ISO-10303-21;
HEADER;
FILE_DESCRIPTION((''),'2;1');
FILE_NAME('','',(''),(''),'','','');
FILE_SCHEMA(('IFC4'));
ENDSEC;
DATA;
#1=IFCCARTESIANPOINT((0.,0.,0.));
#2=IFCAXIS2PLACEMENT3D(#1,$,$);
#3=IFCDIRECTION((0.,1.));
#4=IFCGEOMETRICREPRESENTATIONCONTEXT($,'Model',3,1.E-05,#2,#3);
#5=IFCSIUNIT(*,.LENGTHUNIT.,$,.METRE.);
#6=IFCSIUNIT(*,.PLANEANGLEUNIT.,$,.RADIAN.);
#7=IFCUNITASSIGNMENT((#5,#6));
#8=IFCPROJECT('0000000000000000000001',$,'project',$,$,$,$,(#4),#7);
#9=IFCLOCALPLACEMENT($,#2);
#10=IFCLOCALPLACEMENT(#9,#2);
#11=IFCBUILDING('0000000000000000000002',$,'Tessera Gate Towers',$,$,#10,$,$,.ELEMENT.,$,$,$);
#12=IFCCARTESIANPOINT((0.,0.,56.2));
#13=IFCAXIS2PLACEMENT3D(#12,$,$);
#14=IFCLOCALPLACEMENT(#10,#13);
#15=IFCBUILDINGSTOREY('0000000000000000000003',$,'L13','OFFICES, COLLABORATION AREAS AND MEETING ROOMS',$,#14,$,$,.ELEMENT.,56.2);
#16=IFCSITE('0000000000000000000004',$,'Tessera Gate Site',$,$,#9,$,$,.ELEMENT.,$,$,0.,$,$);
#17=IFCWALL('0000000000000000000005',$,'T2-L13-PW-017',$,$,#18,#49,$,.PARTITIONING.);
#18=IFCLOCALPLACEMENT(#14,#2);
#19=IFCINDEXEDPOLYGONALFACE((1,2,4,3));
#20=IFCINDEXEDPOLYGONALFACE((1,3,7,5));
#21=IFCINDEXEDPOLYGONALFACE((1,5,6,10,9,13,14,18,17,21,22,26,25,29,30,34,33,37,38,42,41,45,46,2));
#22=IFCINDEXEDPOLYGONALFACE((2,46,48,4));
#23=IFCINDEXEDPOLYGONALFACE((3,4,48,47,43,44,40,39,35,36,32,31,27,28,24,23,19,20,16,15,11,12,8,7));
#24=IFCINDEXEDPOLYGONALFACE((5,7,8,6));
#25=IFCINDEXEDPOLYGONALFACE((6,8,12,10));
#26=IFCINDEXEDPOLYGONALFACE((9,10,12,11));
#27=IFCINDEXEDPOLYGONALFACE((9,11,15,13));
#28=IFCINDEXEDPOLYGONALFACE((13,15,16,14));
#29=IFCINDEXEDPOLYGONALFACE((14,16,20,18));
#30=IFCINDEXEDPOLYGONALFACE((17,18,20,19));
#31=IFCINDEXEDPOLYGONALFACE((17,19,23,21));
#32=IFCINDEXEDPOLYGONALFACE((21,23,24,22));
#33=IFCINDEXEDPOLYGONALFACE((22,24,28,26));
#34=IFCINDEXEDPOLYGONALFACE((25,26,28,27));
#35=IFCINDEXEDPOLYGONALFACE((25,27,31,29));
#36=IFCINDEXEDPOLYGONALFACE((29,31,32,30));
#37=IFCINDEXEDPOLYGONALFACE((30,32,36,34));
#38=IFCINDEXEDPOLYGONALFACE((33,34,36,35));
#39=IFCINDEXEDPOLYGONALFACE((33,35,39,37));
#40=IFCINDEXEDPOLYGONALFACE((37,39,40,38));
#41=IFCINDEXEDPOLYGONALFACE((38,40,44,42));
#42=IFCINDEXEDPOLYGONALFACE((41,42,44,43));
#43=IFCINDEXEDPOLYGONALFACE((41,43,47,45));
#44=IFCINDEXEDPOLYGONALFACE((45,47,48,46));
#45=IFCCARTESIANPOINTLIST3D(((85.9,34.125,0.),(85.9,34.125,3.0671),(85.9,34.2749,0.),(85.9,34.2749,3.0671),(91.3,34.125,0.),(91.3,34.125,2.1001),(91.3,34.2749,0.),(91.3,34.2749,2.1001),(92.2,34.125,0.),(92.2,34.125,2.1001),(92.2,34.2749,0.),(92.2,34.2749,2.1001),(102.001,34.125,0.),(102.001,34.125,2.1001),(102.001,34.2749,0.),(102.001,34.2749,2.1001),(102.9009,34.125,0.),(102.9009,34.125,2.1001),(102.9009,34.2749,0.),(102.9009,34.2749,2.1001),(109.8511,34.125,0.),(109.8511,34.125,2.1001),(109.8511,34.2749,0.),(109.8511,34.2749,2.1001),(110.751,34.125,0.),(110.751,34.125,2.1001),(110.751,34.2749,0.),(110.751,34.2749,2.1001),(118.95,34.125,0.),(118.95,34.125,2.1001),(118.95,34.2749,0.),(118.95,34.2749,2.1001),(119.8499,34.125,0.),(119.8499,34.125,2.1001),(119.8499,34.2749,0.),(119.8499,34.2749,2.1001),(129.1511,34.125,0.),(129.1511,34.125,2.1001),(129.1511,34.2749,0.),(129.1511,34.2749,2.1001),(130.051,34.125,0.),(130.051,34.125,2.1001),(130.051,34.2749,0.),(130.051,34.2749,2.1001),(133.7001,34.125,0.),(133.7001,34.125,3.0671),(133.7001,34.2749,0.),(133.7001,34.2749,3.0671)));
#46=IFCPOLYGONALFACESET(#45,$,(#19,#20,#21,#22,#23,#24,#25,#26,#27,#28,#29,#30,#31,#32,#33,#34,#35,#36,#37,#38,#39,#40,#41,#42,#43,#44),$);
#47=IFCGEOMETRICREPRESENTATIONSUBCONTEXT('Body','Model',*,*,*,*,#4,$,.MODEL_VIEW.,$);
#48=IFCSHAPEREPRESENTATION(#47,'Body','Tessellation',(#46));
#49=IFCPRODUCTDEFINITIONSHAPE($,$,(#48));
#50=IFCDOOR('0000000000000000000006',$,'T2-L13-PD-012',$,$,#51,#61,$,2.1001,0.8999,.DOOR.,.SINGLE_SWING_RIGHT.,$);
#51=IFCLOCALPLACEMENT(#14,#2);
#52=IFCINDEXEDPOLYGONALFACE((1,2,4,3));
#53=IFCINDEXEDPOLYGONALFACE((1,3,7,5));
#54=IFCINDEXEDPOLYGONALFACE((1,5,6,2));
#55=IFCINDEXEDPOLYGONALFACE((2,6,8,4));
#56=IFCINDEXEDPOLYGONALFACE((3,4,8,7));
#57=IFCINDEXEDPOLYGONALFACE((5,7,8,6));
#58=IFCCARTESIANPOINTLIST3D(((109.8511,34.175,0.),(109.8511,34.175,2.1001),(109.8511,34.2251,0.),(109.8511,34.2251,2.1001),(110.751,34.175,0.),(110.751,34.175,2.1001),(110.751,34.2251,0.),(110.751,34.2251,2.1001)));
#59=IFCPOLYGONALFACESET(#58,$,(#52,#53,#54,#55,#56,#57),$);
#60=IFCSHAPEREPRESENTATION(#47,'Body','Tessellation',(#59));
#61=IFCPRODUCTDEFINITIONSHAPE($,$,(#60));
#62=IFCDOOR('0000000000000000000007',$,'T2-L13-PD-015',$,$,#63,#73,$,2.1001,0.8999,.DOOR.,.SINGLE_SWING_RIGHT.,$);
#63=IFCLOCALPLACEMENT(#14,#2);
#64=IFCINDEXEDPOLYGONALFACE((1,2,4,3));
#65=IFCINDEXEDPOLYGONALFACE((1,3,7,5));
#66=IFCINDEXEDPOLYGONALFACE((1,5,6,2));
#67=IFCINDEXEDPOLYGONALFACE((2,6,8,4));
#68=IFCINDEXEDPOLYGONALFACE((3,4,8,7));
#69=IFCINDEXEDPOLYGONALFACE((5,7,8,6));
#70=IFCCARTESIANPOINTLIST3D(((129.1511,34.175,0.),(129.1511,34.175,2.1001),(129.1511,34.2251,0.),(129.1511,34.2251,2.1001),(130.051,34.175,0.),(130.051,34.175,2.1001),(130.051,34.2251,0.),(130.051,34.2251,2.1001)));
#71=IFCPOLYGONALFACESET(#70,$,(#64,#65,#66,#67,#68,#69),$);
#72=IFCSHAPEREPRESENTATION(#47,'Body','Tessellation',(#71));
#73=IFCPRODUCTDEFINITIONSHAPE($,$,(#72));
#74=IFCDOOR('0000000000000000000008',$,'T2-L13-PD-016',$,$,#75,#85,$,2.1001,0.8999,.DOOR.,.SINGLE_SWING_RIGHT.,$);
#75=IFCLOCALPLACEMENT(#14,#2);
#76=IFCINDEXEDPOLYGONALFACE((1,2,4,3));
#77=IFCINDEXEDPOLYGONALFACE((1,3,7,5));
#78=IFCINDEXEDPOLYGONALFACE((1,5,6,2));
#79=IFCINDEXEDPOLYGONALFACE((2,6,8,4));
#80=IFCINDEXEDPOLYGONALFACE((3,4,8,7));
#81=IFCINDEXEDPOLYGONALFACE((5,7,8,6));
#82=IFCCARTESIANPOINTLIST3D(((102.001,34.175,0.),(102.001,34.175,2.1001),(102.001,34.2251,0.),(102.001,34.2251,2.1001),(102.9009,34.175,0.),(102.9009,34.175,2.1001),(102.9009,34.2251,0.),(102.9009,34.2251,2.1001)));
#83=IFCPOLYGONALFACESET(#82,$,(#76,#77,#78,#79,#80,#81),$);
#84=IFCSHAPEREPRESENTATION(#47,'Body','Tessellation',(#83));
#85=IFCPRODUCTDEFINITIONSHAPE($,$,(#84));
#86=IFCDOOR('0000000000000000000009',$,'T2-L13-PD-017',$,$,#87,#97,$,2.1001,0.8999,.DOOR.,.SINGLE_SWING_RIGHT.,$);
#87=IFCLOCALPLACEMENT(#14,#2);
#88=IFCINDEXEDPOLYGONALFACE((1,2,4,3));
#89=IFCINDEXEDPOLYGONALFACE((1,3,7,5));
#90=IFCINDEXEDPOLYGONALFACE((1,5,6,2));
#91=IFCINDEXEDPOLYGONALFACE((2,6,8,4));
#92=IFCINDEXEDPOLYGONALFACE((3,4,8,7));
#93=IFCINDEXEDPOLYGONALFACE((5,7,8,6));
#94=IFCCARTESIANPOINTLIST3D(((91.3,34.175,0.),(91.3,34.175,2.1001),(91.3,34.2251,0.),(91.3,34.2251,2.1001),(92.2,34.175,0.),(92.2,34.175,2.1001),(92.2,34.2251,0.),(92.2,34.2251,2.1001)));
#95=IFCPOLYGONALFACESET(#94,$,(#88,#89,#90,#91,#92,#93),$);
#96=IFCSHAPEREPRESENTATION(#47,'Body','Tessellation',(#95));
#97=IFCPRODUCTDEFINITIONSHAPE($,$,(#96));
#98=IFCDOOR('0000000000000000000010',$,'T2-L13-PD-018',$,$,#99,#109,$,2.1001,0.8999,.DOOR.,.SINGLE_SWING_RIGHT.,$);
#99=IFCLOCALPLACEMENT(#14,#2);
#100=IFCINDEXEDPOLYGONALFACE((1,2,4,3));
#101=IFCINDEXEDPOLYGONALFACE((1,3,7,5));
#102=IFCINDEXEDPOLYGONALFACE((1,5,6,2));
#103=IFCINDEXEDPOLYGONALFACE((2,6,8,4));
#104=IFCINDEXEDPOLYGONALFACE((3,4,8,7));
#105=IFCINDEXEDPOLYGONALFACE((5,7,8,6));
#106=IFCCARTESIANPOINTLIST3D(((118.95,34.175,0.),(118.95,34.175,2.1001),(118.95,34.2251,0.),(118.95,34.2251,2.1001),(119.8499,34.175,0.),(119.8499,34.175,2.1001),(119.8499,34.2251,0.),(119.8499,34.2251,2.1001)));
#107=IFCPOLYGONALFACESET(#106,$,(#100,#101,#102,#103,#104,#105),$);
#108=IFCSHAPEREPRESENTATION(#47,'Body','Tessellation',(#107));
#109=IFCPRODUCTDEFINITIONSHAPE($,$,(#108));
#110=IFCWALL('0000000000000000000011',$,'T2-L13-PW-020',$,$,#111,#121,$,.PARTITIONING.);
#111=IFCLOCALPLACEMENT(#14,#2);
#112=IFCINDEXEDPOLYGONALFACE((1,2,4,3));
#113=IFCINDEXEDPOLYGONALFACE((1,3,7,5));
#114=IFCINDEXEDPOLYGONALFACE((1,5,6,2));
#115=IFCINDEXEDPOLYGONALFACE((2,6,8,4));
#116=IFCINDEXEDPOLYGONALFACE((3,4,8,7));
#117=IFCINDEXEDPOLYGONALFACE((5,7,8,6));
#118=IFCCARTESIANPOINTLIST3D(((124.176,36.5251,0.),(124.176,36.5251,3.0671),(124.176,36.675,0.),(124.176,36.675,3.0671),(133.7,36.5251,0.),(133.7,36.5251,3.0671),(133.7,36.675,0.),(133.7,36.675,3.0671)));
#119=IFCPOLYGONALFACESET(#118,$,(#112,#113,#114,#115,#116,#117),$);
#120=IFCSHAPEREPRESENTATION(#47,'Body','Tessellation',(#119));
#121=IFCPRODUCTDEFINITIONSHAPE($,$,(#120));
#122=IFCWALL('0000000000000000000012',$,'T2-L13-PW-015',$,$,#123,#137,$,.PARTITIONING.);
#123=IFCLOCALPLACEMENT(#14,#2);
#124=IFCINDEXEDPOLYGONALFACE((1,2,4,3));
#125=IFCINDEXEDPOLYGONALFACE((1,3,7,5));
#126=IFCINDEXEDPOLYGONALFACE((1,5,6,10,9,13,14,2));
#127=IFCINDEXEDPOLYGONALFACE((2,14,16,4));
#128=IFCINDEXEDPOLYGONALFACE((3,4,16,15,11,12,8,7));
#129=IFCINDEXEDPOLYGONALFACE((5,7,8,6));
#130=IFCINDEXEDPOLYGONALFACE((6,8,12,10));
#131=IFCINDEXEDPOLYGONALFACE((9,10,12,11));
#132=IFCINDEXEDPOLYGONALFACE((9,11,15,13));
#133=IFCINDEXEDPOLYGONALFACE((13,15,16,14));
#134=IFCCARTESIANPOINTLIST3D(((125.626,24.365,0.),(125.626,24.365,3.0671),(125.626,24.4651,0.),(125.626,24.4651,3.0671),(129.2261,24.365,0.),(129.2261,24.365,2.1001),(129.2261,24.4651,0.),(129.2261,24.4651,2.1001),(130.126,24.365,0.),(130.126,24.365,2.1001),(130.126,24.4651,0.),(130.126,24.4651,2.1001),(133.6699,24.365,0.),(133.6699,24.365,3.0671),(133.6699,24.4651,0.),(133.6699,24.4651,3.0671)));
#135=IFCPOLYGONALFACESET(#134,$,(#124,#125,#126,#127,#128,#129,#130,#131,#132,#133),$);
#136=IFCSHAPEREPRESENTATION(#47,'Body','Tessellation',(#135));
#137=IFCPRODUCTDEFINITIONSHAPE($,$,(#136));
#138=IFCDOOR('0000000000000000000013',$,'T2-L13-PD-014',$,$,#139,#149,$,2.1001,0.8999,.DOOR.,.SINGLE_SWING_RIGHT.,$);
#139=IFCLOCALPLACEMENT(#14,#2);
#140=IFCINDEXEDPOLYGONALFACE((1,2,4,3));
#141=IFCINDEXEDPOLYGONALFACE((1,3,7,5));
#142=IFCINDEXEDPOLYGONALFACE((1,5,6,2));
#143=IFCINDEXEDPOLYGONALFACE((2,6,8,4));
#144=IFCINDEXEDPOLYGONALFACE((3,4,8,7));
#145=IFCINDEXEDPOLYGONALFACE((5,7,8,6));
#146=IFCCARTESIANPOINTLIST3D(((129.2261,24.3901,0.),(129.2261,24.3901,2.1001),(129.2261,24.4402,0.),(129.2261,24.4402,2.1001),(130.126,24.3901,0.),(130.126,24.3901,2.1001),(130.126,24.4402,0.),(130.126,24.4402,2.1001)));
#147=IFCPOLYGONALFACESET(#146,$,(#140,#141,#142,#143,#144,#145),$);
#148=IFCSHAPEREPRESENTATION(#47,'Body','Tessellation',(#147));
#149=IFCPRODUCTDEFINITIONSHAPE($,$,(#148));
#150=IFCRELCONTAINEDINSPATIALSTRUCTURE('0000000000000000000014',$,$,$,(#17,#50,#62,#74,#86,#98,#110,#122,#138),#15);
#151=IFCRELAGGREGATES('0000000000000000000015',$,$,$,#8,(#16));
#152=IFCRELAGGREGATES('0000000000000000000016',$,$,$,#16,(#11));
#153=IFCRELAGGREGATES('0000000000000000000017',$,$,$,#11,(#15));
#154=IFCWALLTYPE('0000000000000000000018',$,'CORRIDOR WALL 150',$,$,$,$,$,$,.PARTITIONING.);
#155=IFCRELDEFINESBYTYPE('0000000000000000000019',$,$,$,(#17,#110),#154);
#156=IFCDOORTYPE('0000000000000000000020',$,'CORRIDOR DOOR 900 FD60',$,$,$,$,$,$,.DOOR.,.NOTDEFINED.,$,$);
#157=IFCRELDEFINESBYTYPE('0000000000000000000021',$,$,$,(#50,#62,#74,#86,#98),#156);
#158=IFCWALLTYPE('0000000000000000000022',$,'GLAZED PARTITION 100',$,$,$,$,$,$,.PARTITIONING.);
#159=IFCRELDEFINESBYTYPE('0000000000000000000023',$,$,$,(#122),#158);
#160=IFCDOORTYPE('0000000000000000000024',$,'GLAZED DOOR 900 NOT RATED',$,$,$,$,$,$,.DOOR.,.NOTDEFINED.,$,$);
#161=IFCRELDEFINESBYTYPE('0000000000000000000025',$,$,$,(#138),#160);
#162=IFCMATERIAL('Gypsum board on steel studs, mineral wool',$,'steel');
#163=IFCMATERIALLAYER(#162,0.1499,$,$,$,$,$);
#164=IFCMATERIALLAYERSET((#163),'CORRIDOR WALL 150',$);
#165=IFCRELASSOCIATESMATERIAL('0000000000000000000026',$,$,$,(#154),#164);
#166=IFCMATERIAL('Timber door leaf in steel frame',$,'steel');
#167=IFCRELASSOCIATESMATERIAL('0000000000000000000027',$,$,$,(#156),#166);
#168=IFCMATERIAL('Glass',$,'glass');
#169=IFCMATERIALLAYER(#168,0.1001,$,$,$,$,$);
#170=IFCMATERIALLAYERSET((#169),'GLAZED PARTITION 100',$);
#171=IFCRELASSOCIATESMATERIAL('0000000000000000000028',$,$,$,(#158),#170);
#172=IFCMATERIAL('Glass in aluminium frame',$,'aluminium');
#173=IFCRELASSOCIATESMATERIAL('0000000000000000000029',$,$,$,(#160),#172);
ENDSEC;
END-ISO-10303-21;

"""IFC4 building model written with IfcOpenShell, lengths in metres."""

from ifc_helpers import new_model, si_unit, direction, frame, frame_2d, origin, place, context, subcontext, project, spatial, rectangle, extrude, source, transform, mapped, material, layer, layer_set, type_object, element, fill, save


model = new_model("IFC4")

# Units and contexts
model_context = context("Model", 3, precision=1e-05, world=origin(), true_north=direction((0.0, 1.0)))
body_context = subcontext(model_context, "Body", "Model", "MODEL_VIEW")
ifc_project = project(units=[si_unit("LENGTHUNIT", "METRE"), si_unit("PLANEANGLEUNIT", "RADIAN")], contexts=[model_context])

# Site, building, storey
site_placement = place(None, origin())
site = spatial("IfcSite", under=ifc_project, at=site_placement, Name="Tessera Gate Site", CompositionType="ELEMENT", RefElevation=0.0)
building_placement = place(site_placement, origin())
building = spatial("IfcBuilding", under=site, at=building_placement, Name="Tessera Gate Towers", CompositionType="ELEMENT")
storey_placement = place(building_placement, frame((0.0, 0.0, 56.2)))
storey = spatial("IfcBuildingStorey", under=building, at=storey_placement, Name="L13", Description="OFFICES, COLLABORATION AREAS AND MEETING ROOMS", CompositionType="ELEMENT", Elevation=56.2)

# Wall, openings, doors
ifc_material_1 = material(Name="Gypsum board on steel studs, mineral wool", Category="steel")
ifc_layer_1 = layer(ifc_material_1, 0.1499)
ifc_layer_set_1 = layer_set([ifc_layer_1], Name="CORRIDOR WALL 150")
wall_type_1 = type_object("IfcWallType", Name="CORRIDOR WALL 150", PredefinedType="PARTITIONING", material=ifc_layer_set_1)
wall_1_placement = place(storey_placement, frame((133.7, 34.2, 0.0), z_axis=(0.0, 0.0, 1.0), x_axis=(-1.0, 0.0, 0.0)))
wall_1 = element("IfcWall", 1, at=wall_1_placement, inside=storey, type_object=wall_type_1, Name="T2-L13-PW-017", PredefinedType="PARTITIONING", context=body_context, shape_type="SweptSolid", body=[
    extrude(rectangle(XDim=47.8, YDim=0.1499, at=frame_2d((23.8999, 0.0))), origin(), (0.0, 0.0, 1.0), 3.0671),
])
shared_shape_1 = source(origin(), body_context, "Body", "SweptSolid", [
    extrude(rectangle(XDim=0.8999, YDim=2.1001, at=frame_2d((0.45, 1.05))), frame((0.0, 0.085, 0.0), z_axis=(0.0, -1.0, 0.0), x_axis=(1.0, 0.0, 0.0)), (0.0, 0.0, 1.0), 0.1699),
])
opening_1_placement = place(wall_1_placement, frame((22.949, 0.0, 0.0)))
opening_1 = element("IfcOpeningElement", 2, at=opening_1_placement, cuts=wall_1, PredefinedType="OPENING", context=body_context, shape_type="MappedRepresentation", body=[
    mapped(shared_shape_1, transform((0.0, 0.0, 0.0), scale=1.0)),
])
opening_2_placement = place(wall_1_placement, frame((3.6489, 0.0, 0.0)))
opening_2 = element("IfcOpeningElement", 3, at=opening_2_placement, cuts=wall_1, PredefinedType="OPENING", context=body_context, shape_type="MappedRepresentation", body=[
    mapped(shared_shape_1, transform((0.0, 0.0, 0.0), scale=1.0)),
])
opening_3_placement = place(wall_1_placement, frame((30.7991, 0.0, 0.0)))
opening_3 = element("IfcOpeningElement", 4, at=opening_3_placement, cuts=wall_1, PredefinedType="OPENING", context=body_context, shape_type="MappedRepresentation", body=[
    mapped(shared_shape_1, transform((0.0, 0.0, 0.0), scale=1.0)),
])
opening_4_placement = place(wall_1_placement, frame((41.5, 0.0, 0.0)))
opening_4 = element("IfcOpeningElement", 5, at=opening_4_placement, cuts=wall_1, PredefinedType="OPENING", context=body_context, shape_type="MappedRepresentation", body=[
    mapped(shared_shape_1, transform((0.0, 0.0, 0.0), scale=1.0)),
])
opening_5_placement = place(wall_1_placement, frame((13.8501, 0.0, 0.0)))
opening_5 = element("IfcOpeningElement", 6, at=opening_5_placement, cuts=wall_1, PredefinedType="OPENING", context=body_context, shape_type="MappedRepresentation", body=[
    mapped(shared_shape_1, transform((0.0, 0.0, 0.0), scale=1.0)),
])
ifc_material_2 = material(Name="Timber door leaf in steel frame", Category="steel")
door_type_1 = type_object("IfcDoorType", Name="CORRIDOR DOOR 900 FD60", OperationType="NOTDEFINED", PredefinedType="DOOR", material=ifc_material_2)
shared_shape_2 = source(origin(), body_context, "Body", "SweptSolid", [
    extrude(rectangle(XDim=0.8999, YDim=2.1001, at=frame_2d((0.45, 1.05))), frame((0.0, 0.0249, 0.0), z_axis=(0.0, -1.0, 0.0), x_axis=(1.0, 0.0, 0.0)), (0.0, 0.0, 1.0), 0.05),
])
door_1_placement = place(opening_1_placement, origin())
door_1 = element("IfcDoor", 7, at=door_1_placement, inside=storey, type_object=door_type_1, Name="T2-L13-PD-012", OperationType="SINGLE_SWING_RIGHT", OverallHeight=2.1001, OverallWidth=0.8999, PredefinedType="DOOR", context=body_context, shape_type="MappedRepresentation", body=[
    mapped(shared_shape_2, transform((0.0, 0.0, 0.0), scale=1.0)),
])
fill(opening_1, door_1)
door_2_placement = place(opening_2_placement, origin())
door_2 = element("IfcDoor", 8, at=door_2_placement, inside=storey, type_object=door_type_1, Name="T2-L13-PD-015", OperationType="SINGLE_SWING_RIGHT", OverallHeight=2.1001, OverallWidth=0.8999, PredefinedType="DOOR", context=body_context, shape_type="MappedRepresentation", body=[
    mapped(shared_shape_2, transform((0.0, 0.0, 0.0), scale=1.0)),
])
fill(opening_2, door_2)
door_3_placement = place(opening_3_placement, origin())
door_3 = element("IfcDoor", 9, at=door_3_placement, inside=storey, type_object=door_type_1, Name="T2-L13-PD-016", OperationType="SINGLE_SWING_RIGHT", OverallHeight=2.1001, OverallWidth=0.8999, PredefinedType="DOOR", context=body_context, shape_type="MappedRepresentation", body=[
    mapped(shared_shape_2, transform((0.0, 0.0, 0.0), scale=1.0)),
])
fill(opening_3, door_3)
door_4_placement = place(opening_4_placement, origin())
door_4 = element("IfcDoor", 10, at=door_4_placement, inside=storey, type_object=door_type_1, Name="T2-L13-PD-017", OperationType="SINGLE_SWING_RIGHT", OverallHeight=2.1001, OverallWidth=0.8999, PredefinedType="DOOR", context=body_context, shape_type="MappedRepresentation", body=[
    mapped(shared_shape_2, transform((0.0, 0.0, 0.0), scale=1.0)),
])
fill(opening_4, door_4)
door_5_placement = place(opening_5_placement, origin())
door_5 = element("IfcDoor", 11, at=door_5_placement, inside=storey, type_object=door_type_1, Name="T2-L13-PD-018", OperationType="SINGLE_SWING_RIGHT", OverallHeight=2.1001, OverallWidth=0.8999, PredefinedType="DOOR", context=body_context, shape_type="MappedRepresentation", body=[
    mapped(shared_shape_2, transform((0.0, 0.0, 0.0), scale=1.0)),
])
fill(opening_5, door_5)

# Wall
wall_2_placement = place(storey_placement, frame((124.176, 36.6001, 0.0), z_axis=(0.0, 0.0, 1.0), x_axis=(1.0, 0.0, 0.0)))
element("IfcWall", 12, at=wall_2_placement, inside=storey, type_object=wall_type_1, Name="T2-L13-PW-020", PredefinedType="PARTITIONING", context=body_context, shape_type="SweptSolid", body=[
    extrude(rectangle(XDim=9.5239, YDim=0.1499, at=frame_2d((4.762, 0.0))), origin(), (0.0, 0.0, 1.0), 3.0671),
])

# Wall, opening, door
ifc_material_3 = material(Name="Glass", Category="glass")
ifc_layer_2 = layer(ifc_material_3, 0.1001)
ifc_layer_set_2 = layer_set([ifc_layer_2], Name="GLAZED PARTITION 100")
wall_type_2 = type_object("IfcWallType", Name="GLAZED PARTITION 100", PredefinedType="PARTITIONING", material=ifc_layer_set_2)
wall_3_placement = place(storey_placement, frame((133.6699, 24.415, 0.0), z_axis=(0.0, 0.0, 1.0), x_axis=(-1.0, 0.0, 0.0)))
wall_3 = element("IfcWall", 13, at=wall_3_placement, inside=storey, type_object=wall_type_2, Name="T2-L13-PW-015", PredefinedType="PARTITIONING", context=body_context, shape_type="SweptSolid", body=[
    extrude(rectangle(XDim=8.0439, YDim=0.1001, at=frame_2d((4.022, 0.0))), origin(), (0.0, 0.0, 1.0), 3.0671),
])
shared_shape_3 = source(origin(), body_context, "Body", "SweptSolid", [
    extrude(rectangle(XDim=0.8999, YDim=2.1001, at=frame_2d((0.45, 1.05))), frame((0.0, 0.0601, 0.0), z_axis=(0.0, -1.0, 0.0), x_axis=(1.0, 0.0, 0.0)), (0.0, 0.0, 1.0), 0.1201),
])
opening_6_placement = place(wall_3_placement, frame((3.5439, 0.0, 0.0)))
opening_6 = element("IfcOpeningElement", 14, at=opening_6_placement, cuts=wall_3, PredefinedType="OPENING", context=body_context, shape_type="MappedRepresentation", body=[
    mapped(shared_shape_3, transform((0.0, 0.0, 0.0), scale=1.0)),
])
ifc_material_4 = material(Name="Glass in aluminium frame", Category="aluminium")
door_type_2 = type_object("IfcDoorType", Name="GLAZED DOOR 900 NOT RATED", OperationType="NOTDEFINED", PredefinedType="DOOR", material=ifc_material_4)
door_6_placement = place(opening_6_placement, origin())
door_6 = element("IfcDoor", 15, at=door_6_placement, inside=storey, type_object=door_type_2, Name="T2-L13-PD-014", OperationType="SINGLE_SWING_RIGHT", OverallHeight=2.1001, OverallWidth=0.8999, PredefinedType="DOOR", context=body_context, shape_type="MappedRepresentation", body=[
    mapped(shared_shape_2, transform((0.0, 0.0, 0.0), scale=1.0)),
])
fill(opening_6, door_6)

save(model, "model.ifc")
